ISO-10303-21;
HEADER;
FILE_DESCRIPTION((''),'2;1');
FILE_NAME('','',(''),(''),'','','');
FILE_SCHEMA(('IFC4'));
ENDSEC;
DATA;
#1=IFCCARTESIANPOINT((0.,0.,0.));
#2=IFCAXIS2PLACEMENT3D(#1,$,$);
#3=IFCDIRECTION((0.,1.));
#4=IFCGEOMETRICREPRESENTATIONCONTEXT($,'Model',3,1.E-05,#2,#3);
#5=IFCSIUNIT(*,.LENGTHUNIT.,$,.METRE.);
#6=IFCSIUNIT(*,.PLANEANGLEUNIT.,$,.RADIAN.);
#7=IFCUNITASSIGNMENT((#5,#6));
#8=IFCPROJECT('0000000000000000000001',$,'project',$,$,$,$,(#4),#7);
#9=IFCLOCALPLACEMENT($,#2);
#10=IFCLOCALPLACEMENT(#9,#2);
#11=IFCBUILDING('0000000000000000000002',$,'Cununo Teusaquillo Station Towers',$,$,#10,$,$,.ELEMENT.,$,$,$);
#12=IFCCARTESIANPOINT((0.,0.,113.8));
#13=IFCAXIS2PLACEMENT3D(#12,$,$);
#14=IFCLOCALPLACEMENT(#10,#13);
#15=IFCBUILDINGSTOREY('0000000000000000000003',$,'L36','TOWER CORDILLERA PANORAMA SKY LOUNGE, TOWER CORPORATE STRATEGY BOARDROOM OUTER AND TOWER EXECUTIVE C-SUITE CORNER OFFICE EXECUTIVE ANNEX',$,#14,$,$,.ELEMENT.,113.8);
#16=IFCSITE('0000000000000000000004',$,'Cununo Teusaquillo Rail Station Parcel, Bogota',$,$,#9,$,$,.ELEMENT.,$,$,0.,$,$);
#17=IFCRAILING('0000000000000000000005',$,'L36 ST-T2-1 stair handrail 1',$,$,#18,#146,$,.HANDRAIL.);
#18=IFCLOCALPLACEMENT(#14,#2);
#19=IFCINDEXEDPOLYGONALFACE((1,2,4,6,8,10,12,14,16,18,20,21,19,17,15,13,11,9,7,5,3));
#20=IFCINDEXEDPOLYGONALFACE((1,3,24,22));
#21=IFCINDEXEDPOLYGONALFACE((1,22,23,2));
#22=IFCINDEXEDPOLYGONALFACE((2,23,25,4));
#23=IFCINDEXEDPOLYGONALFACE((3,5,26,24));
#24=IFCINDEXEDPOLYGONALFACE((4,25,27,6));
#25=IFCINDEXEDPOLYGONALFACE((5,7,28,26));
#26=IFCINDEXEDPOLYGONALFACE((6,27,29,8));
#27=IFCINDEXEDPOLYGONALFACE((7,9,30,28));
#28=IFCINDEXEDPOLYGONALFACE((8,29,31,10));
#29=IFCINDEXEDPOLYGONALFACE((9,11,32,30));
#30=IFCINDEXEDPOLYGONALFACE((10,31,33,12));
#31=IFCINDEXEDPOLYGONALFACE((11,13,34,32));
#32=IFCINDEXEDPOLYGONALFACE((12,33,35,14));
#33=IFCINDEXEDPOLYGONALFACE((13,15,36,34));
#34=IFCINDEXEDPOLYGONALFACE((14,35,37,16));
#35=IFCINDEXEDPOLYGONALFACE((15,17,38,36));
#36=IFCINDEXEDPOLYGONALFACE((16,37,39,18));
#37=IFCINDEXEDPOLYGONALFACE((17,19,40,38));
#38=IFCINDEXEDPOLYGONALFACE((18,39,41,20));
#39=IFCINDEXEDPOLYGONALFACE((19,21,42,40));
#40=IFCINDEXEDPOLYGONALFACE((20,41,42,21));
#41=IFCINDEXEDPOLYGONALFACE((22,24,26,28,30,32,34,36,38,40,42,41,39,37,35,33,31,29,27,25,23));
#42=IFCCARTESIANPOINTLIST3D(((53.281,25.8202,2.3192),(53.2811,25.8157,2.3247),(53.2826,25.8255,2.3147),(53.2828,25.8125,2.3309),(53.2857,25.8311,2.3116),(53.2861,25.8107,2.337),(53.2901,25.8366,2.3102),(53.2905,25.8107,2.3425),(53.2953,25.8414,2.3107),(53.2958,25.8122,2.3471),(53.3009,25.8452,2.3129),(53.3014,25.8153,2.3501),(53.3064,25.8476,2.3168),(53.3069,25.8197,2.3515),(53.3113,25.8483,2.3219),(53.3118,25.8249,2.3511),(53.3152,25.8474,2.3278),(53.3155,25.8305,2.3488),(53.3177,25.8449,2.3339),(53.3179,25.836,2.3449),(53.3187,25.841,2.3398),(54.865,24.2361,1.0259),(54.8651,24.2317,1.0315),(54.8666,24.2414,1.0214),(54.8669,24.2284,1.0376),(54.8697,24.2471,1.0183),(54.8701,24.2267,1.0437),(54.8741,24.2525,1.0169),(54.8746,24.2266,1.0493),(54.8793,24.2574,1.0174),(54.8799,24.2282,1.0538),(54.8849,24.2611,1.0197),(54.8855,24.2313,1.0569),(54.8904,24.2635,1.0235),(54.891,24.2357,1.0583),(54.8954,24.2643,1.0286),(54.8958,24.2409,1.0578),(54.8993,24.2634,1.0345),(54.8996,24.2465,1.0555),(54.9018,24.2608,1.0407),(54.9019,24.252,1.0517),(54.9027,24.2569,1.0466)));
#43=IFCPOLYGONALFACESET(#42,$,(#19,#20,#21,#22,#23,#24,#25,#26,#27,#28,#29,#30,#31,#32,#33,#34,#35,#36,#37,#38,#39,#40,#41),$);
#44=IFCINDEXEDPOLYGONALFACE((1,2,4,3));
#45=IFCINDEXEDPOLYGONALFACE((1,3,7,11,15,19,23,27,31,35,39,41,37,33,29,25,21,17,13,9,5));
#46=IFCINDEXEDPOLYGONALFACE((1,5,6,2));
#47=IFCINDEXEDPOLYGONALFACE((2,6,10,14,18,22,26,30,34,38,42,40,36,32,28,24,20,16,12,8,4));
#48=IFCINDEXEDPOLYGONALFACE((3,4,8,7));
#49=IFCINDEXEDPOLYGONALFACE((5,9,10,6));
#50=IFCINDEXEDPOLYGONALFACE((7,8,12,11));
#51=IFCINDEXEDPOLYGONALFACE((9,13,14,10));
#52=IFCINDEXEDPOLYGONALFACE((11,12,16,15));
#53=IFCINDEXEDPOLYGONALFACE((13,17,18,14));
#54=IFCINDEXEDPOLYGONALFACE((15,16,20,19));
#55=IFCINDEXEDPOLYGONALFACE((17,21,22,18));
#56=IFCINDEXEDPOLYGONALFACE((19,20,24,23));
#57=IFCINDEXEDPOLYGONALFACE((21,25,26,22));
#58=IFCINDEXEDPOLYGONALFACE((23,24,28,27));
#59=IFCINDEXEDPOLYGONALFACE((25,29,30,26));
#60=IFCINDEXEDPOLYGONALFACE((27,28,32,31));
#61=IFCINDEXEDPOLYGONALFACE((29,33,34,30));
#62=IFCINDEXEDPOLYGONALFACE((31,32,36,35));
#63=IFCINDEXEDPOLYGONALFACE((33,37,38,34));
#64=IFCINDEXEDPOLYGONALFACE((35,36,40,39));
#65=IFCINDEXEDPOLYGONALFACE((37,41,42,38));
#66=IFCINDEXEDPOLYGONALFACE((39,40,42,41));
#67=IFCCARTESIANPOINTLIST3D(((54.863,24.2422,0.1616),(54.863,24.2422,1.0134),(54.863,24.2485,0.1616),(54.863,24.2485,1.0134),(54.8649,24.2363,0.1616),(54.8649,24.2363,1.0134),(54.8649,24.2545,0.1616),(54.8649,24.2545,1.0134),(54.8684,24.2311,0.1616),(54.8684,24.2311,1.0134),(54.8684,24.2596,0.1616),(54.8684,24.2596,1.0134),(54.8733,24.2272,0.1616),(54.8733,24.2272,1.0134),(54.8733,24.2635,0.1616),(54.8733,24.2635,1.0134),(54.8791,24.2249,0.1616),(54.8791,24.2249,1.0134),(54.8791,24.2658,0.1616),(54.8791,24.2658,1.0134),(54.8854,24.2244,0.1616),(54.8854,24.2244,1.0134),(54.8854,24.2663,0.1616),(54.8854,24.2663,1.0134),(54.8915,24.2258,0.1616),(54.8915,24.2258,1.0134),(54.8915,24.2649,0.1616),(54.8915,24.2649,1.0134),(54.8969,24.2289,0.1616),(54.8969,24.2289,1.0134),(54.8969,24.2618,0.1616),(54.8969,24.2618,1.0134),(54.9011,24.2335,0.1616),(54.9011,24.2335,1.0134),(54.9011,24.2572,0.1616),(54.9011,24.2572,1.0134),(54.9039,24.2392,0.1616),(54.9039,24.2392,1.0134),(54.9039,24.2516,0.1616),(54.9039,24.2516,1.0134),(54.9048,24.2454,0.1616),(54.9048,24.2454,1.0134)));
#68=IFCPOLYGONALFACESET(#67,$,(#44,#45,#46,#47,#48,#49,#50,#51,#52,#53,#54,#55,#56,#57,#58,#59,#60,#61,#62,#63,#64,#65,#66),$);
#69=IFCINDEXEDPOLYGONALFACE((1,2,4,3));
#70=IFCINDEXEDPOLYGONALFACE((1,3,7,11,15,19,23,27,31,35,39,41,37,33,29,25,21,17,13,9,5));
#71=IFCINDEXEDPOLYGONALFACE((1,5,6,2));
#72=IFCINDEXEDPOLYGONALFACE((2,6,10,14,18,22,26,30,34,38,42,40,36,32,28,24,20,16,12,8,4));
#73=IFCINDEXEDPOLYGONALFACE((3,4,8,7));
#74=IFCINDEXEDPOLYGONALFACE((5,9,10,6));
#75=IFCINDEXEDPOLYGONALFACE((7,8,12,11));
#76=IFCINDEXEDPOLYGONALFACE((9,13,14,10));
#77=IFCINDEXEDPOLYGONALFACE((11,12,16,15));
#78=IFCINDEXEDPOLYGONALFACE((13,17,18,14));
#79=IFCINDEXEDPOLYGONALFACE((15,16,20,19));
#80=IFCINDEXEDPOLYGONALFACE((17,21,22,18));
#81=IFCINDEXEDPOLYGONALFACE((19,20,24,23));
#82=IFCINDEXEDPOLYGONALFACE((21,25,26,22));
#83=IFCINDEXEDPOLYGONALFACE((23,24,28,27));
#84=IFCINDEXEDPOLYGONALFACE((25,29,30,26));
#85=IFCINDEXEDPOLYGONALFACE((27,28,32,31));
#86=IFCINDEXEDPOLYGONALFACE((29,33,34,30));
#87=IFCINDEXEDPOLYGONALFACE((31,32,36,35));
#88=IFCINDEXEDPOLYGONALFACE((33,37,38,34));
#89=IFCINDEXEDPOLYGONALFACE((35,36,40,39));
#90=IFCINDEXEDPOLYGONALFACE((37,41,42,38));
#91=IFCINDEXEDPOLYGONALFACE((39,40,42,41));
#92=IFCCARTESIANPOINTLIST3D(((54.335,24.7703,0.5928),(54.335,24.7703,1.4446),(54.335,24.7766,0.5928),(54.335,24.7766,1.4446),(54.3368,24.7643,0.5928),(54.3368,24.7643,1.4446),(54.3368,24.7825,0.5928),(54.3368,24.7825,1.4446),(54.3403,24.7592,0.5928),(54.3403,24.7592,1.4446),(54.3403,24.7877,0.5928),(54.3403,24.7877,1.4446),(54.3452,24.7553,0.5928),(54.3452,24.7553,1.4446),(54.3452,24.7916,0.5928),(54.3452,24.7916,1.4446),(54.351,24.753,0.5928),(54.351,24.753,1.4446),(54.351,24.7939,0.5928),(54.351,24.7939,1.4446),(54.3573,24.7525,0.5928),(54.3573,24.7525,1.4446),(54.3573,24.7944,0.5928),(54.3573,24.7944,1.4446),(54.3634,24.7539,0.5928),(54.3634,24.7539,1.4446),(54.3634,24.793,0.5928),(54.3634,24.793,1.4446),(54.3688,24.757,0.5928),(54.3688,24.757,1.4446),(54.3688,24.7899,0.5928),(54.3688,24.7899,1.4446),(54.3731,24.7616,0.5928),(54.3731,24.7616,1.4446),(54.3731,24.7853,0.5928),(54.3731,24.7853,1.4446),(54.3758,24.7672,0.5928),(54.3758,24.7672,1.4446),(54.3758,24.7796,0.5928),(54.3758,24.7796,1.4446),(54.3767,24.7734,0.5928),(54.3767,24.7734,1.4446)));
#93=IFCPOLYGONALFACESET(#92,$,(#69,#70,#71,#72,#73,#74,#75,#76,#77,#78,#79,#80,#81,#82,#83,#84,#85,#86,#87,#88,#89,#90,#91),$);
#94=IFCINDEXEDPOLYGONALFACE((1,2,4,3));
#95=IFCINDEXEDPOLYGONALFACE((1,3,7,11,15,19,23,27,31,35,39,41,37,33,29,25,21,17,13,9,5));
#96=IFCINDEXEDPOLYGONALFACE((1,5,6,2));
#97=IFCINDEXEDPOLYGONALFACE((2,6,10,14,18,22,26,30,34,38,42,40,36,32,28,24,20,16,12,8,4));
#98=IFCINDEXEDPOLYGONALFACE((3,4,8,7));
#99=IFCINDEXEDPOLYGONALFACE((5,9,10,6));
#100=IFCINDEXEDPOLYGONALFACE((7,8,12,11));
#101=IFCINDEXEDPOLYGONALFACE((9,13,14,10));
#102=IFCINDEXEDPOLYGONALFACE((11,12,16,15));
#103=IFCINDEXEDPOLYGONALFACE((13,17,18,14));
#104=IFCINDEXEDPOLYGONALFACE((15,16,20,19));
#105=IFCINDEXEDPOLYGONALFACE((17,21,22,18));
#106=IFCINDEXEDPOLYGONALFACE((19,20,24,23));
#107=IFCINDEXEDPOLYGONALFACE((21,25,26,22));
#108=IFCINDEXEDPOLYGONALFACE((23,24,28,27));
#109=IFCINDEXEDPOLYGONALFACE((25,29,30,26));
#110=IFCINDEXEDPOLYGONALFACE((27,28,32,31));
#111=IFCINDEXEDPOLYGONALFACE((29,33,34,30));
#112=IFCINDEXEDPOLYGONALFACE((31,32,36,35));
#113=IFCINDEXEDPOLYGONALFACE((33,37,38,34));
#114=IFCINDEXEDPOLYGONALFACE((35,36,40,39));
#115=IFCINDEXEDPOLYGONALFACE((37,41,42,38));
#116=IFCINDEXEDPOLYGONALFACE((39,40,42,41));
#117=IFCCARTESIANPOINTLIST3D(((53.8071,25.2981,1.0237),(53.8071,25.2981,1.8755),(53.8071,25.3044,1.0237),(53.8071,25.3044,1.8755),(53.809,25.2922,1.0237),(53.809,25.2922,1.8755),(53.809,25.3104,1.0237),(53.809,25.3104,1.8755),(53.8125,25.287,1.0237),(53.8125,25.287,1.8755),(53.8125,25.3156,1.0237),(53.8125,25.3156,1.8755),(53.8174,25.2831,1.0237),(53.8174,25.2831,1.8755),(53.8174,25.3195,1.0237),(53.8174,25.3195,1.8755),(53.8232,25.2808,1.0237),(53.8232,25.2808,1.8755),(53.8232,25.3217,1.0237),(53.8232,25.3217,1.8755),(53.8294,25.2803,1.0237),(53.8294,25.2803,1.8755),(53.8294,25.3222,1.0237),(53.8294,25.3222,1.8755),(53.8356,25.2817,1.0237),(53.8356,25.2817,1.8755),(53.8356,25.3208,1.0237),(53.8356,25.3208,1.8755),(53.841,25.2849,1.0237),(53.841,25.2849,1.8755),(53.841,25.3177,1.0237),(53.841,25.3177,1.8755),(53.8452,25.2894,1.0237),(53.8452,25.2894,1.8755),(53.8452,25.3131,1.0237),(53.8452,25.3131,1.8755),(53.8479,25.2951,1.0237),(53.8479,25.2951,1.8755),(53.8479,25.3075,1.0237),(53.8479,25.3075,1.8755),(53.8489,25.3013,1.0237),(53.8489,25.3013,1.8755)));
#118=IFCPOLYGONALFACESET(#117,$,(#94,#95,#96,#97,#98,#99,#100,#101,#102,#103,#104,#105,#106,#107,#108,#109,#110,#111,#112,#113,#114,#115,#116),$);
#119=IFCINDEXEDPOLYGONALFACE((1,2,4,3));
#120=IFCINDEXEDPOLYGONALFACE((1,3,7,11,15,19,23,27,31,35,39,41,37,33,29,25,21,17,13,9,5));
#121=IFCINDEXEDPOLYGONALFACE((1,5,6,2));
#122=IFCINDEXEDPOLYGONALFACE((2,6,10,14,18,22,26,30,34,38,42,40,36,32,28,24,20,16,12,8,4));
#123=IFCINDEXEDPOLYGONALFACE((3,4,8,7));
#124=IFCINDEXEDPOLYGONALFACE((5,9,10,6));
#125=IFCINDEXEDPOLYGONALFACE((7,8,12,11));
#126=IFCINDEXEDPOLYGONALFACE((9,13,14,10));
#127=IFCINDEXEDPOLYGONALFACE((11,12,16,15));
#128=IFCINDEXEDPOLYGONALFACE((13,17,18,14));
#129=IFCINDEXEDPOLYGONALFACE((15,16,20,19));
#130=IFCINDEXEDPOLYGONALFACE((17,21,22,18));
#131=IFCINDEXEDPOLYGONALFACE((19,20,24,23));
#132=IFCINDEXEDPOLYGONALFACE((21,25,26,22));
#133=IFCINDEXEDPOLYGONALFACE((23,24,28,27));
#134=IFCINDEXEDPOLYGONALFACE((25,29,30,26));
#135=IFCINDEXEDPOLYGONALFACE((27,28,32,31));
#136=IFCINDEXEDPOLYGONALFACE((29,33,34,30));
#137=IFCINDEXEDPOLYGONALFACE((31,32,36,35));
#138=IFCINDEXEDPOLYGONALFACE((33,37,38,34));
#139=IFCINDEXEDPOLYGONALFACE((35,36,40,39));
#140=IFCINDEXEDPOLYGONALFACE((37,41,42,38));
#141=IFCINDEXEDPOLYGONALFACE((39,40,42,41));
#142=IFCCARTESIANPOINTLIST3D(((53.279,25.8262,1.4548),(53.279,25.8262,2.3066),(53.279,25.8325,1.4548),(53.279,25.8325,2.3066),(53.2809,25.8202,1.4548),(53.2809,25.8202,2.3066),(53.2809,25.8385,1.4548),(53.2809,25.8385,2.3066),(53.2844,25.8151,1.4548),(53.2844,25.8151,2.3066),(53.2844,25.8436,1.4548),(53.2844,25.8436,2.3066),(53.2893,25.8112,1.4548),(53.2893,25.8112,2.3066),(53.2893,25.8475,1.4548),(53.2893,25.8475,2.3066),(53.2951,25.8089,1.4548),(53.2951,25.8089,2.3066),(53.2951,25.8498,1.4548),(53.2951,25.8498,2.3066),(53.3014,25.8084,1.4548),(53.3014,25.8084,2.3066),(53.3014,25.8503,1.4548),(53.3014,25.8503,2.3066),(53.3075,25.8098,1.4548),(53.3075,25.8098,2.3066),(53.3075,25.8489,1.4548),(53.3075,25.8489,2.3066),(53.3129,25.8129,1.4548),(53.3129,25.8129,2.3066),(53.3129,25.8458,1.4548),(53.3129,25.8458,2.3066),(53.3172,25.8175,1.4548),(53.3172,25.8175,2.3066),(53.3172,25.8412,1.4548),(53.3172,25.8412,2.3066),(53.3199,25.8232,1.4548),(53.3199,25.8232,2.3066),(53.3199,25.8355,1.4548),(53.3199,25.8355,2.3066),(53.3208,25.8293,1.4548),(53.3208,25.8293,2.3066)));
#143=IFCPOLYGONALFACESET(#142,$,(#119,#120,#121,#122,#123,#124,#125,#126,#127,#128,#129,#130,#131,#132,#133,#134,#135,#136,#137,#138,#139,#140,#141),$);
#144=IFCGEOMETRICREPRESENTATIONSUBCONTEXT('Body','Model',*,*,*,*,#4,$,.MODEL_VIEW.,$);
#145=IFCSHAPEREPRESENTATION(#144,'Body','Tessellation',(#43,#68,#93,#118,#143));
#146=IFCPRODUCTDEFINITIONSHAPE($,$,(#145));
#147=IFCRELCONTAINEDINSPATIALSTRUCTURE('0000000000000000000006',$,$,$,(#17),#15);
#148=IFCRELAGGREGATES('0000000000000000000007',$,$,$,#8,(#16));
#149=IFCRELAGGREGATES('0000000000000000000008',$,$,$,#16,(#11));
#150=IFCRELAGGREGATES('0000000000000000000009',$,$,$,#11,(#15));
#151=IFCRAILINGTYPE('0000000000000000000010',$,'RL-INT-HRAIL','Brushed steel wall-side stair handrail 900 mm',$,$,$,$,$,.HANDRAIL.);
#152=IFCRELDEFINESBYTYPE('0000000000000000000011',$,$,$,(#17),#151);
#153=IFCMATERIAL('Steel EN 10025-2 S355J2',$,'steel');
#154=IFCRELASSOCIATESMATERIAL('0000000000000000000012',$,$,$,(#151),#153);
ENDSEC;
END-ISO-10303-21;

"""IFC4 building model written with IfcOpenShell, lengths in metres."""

from ifc_helpers import new_model, si_unit, direction, frame, origin, origin_2d, place, context, subcontext, project, spatial, circle, extrude, material, type_object, element, save


model = new_model("IFC4")

# Units and contexts
model_context = context("Model", 3, precision=1e-05, world=origin(), true_north=direction((0.0, 1.0)))
body_context = subcontext(model_context, "Body", "Model", "MODEL_VIEW")
ifc_project = project(units=[si_unit("LENGTHUNIT", "METRE"), si_unit("PLANEANGLEUNIT", "RADIAN")], contexts=[model_context])

# Site, building, storey
site_placement = place(None, origin())
site = spatial("IfcSite", under=ifc_project, at=site_placement, Name="Cununo Teusaquillo Rail Station Parcel, Bogota", CompositionType="ELEMENT", RefElevation=0.0)
building_placement = place(site_placement, origin())
building = spatial("IfcBuilding", under=site, at=building_placement, Name="Cununo Teusaquillo Station Towers", CompositionType="ELEMENT")
storey_placement = place(building_placement, frame((0.0, 0.0, 113.8)))
storey = spatial("IfcBuildingStorey", under=building, at=storey_placement, Name="L36", Description="TOWER CORDILLERA PANORAMA SKY LOUNGE, TOWER CORPORATE STRATEGY BOARDROOM OUTER AND TOWER EXECUTIVE C-SUITE CORNER OFFICE EXECUTIVE ANNEX", CompositionType="ELEMENT", Elevation=113.8)

# Railing
ifc_material_1 = material(Name="Steel EN 10025-2 S355J2", Category="steel")
railing_type_1 = type_object("IfcRailingType", Name="RL-INT-HRAIL", Description="Brushed steel wall-side stair handrail 900 mm", PredefinedType="HANDRAIL", material=ifc_material_1)
railing_1_placement = place(storey_placement, frame((54.8838, 24.2454, 0.1616)))
element("IfcRailing", 1, at=railing_1_placement, inside=storey, type_object=railing_type_1, Name="L36 ST-T2-1 stair handrail 1", PredefinedType="HANDRAIL", context=body_context, shape_type="SweptSolid", body=[
    extrude(circle(Radius=0.0239, at=origin_2d()), frame((0.0, 0.0, 0.876), z_axis=(-0.612385, 0.612385, 0.49997), x_axis=(-0.707107, -0.707107, 0.0)), (0.0, 0.0, 1.0), 2.5867),
    extrude(circle(Radius=0.021, at=origin_2d()), origin(), (0.0, 0.0, 1.0), 0.8518),
    extrude(circle(Radius=0.021, at=origin_2d()), frame((-0.5281, 0.5281, 0.4312)), (0.0, 0.0, 1.0), 0.8518),
    extrude(circle(Radius=0.021, at=origin_2d()), frame((-1.0559, 1.0559, 0.8621)), (0.0, 0.0, 1.0), 0.8518),
    extrude(circle(Radius=0.021, at=origin_2d()), frame((-1.584, 1.584, 1.2932)), (0.0, 0.0, 1.0), 0.8518),
])

save(model, "model.ifc")
